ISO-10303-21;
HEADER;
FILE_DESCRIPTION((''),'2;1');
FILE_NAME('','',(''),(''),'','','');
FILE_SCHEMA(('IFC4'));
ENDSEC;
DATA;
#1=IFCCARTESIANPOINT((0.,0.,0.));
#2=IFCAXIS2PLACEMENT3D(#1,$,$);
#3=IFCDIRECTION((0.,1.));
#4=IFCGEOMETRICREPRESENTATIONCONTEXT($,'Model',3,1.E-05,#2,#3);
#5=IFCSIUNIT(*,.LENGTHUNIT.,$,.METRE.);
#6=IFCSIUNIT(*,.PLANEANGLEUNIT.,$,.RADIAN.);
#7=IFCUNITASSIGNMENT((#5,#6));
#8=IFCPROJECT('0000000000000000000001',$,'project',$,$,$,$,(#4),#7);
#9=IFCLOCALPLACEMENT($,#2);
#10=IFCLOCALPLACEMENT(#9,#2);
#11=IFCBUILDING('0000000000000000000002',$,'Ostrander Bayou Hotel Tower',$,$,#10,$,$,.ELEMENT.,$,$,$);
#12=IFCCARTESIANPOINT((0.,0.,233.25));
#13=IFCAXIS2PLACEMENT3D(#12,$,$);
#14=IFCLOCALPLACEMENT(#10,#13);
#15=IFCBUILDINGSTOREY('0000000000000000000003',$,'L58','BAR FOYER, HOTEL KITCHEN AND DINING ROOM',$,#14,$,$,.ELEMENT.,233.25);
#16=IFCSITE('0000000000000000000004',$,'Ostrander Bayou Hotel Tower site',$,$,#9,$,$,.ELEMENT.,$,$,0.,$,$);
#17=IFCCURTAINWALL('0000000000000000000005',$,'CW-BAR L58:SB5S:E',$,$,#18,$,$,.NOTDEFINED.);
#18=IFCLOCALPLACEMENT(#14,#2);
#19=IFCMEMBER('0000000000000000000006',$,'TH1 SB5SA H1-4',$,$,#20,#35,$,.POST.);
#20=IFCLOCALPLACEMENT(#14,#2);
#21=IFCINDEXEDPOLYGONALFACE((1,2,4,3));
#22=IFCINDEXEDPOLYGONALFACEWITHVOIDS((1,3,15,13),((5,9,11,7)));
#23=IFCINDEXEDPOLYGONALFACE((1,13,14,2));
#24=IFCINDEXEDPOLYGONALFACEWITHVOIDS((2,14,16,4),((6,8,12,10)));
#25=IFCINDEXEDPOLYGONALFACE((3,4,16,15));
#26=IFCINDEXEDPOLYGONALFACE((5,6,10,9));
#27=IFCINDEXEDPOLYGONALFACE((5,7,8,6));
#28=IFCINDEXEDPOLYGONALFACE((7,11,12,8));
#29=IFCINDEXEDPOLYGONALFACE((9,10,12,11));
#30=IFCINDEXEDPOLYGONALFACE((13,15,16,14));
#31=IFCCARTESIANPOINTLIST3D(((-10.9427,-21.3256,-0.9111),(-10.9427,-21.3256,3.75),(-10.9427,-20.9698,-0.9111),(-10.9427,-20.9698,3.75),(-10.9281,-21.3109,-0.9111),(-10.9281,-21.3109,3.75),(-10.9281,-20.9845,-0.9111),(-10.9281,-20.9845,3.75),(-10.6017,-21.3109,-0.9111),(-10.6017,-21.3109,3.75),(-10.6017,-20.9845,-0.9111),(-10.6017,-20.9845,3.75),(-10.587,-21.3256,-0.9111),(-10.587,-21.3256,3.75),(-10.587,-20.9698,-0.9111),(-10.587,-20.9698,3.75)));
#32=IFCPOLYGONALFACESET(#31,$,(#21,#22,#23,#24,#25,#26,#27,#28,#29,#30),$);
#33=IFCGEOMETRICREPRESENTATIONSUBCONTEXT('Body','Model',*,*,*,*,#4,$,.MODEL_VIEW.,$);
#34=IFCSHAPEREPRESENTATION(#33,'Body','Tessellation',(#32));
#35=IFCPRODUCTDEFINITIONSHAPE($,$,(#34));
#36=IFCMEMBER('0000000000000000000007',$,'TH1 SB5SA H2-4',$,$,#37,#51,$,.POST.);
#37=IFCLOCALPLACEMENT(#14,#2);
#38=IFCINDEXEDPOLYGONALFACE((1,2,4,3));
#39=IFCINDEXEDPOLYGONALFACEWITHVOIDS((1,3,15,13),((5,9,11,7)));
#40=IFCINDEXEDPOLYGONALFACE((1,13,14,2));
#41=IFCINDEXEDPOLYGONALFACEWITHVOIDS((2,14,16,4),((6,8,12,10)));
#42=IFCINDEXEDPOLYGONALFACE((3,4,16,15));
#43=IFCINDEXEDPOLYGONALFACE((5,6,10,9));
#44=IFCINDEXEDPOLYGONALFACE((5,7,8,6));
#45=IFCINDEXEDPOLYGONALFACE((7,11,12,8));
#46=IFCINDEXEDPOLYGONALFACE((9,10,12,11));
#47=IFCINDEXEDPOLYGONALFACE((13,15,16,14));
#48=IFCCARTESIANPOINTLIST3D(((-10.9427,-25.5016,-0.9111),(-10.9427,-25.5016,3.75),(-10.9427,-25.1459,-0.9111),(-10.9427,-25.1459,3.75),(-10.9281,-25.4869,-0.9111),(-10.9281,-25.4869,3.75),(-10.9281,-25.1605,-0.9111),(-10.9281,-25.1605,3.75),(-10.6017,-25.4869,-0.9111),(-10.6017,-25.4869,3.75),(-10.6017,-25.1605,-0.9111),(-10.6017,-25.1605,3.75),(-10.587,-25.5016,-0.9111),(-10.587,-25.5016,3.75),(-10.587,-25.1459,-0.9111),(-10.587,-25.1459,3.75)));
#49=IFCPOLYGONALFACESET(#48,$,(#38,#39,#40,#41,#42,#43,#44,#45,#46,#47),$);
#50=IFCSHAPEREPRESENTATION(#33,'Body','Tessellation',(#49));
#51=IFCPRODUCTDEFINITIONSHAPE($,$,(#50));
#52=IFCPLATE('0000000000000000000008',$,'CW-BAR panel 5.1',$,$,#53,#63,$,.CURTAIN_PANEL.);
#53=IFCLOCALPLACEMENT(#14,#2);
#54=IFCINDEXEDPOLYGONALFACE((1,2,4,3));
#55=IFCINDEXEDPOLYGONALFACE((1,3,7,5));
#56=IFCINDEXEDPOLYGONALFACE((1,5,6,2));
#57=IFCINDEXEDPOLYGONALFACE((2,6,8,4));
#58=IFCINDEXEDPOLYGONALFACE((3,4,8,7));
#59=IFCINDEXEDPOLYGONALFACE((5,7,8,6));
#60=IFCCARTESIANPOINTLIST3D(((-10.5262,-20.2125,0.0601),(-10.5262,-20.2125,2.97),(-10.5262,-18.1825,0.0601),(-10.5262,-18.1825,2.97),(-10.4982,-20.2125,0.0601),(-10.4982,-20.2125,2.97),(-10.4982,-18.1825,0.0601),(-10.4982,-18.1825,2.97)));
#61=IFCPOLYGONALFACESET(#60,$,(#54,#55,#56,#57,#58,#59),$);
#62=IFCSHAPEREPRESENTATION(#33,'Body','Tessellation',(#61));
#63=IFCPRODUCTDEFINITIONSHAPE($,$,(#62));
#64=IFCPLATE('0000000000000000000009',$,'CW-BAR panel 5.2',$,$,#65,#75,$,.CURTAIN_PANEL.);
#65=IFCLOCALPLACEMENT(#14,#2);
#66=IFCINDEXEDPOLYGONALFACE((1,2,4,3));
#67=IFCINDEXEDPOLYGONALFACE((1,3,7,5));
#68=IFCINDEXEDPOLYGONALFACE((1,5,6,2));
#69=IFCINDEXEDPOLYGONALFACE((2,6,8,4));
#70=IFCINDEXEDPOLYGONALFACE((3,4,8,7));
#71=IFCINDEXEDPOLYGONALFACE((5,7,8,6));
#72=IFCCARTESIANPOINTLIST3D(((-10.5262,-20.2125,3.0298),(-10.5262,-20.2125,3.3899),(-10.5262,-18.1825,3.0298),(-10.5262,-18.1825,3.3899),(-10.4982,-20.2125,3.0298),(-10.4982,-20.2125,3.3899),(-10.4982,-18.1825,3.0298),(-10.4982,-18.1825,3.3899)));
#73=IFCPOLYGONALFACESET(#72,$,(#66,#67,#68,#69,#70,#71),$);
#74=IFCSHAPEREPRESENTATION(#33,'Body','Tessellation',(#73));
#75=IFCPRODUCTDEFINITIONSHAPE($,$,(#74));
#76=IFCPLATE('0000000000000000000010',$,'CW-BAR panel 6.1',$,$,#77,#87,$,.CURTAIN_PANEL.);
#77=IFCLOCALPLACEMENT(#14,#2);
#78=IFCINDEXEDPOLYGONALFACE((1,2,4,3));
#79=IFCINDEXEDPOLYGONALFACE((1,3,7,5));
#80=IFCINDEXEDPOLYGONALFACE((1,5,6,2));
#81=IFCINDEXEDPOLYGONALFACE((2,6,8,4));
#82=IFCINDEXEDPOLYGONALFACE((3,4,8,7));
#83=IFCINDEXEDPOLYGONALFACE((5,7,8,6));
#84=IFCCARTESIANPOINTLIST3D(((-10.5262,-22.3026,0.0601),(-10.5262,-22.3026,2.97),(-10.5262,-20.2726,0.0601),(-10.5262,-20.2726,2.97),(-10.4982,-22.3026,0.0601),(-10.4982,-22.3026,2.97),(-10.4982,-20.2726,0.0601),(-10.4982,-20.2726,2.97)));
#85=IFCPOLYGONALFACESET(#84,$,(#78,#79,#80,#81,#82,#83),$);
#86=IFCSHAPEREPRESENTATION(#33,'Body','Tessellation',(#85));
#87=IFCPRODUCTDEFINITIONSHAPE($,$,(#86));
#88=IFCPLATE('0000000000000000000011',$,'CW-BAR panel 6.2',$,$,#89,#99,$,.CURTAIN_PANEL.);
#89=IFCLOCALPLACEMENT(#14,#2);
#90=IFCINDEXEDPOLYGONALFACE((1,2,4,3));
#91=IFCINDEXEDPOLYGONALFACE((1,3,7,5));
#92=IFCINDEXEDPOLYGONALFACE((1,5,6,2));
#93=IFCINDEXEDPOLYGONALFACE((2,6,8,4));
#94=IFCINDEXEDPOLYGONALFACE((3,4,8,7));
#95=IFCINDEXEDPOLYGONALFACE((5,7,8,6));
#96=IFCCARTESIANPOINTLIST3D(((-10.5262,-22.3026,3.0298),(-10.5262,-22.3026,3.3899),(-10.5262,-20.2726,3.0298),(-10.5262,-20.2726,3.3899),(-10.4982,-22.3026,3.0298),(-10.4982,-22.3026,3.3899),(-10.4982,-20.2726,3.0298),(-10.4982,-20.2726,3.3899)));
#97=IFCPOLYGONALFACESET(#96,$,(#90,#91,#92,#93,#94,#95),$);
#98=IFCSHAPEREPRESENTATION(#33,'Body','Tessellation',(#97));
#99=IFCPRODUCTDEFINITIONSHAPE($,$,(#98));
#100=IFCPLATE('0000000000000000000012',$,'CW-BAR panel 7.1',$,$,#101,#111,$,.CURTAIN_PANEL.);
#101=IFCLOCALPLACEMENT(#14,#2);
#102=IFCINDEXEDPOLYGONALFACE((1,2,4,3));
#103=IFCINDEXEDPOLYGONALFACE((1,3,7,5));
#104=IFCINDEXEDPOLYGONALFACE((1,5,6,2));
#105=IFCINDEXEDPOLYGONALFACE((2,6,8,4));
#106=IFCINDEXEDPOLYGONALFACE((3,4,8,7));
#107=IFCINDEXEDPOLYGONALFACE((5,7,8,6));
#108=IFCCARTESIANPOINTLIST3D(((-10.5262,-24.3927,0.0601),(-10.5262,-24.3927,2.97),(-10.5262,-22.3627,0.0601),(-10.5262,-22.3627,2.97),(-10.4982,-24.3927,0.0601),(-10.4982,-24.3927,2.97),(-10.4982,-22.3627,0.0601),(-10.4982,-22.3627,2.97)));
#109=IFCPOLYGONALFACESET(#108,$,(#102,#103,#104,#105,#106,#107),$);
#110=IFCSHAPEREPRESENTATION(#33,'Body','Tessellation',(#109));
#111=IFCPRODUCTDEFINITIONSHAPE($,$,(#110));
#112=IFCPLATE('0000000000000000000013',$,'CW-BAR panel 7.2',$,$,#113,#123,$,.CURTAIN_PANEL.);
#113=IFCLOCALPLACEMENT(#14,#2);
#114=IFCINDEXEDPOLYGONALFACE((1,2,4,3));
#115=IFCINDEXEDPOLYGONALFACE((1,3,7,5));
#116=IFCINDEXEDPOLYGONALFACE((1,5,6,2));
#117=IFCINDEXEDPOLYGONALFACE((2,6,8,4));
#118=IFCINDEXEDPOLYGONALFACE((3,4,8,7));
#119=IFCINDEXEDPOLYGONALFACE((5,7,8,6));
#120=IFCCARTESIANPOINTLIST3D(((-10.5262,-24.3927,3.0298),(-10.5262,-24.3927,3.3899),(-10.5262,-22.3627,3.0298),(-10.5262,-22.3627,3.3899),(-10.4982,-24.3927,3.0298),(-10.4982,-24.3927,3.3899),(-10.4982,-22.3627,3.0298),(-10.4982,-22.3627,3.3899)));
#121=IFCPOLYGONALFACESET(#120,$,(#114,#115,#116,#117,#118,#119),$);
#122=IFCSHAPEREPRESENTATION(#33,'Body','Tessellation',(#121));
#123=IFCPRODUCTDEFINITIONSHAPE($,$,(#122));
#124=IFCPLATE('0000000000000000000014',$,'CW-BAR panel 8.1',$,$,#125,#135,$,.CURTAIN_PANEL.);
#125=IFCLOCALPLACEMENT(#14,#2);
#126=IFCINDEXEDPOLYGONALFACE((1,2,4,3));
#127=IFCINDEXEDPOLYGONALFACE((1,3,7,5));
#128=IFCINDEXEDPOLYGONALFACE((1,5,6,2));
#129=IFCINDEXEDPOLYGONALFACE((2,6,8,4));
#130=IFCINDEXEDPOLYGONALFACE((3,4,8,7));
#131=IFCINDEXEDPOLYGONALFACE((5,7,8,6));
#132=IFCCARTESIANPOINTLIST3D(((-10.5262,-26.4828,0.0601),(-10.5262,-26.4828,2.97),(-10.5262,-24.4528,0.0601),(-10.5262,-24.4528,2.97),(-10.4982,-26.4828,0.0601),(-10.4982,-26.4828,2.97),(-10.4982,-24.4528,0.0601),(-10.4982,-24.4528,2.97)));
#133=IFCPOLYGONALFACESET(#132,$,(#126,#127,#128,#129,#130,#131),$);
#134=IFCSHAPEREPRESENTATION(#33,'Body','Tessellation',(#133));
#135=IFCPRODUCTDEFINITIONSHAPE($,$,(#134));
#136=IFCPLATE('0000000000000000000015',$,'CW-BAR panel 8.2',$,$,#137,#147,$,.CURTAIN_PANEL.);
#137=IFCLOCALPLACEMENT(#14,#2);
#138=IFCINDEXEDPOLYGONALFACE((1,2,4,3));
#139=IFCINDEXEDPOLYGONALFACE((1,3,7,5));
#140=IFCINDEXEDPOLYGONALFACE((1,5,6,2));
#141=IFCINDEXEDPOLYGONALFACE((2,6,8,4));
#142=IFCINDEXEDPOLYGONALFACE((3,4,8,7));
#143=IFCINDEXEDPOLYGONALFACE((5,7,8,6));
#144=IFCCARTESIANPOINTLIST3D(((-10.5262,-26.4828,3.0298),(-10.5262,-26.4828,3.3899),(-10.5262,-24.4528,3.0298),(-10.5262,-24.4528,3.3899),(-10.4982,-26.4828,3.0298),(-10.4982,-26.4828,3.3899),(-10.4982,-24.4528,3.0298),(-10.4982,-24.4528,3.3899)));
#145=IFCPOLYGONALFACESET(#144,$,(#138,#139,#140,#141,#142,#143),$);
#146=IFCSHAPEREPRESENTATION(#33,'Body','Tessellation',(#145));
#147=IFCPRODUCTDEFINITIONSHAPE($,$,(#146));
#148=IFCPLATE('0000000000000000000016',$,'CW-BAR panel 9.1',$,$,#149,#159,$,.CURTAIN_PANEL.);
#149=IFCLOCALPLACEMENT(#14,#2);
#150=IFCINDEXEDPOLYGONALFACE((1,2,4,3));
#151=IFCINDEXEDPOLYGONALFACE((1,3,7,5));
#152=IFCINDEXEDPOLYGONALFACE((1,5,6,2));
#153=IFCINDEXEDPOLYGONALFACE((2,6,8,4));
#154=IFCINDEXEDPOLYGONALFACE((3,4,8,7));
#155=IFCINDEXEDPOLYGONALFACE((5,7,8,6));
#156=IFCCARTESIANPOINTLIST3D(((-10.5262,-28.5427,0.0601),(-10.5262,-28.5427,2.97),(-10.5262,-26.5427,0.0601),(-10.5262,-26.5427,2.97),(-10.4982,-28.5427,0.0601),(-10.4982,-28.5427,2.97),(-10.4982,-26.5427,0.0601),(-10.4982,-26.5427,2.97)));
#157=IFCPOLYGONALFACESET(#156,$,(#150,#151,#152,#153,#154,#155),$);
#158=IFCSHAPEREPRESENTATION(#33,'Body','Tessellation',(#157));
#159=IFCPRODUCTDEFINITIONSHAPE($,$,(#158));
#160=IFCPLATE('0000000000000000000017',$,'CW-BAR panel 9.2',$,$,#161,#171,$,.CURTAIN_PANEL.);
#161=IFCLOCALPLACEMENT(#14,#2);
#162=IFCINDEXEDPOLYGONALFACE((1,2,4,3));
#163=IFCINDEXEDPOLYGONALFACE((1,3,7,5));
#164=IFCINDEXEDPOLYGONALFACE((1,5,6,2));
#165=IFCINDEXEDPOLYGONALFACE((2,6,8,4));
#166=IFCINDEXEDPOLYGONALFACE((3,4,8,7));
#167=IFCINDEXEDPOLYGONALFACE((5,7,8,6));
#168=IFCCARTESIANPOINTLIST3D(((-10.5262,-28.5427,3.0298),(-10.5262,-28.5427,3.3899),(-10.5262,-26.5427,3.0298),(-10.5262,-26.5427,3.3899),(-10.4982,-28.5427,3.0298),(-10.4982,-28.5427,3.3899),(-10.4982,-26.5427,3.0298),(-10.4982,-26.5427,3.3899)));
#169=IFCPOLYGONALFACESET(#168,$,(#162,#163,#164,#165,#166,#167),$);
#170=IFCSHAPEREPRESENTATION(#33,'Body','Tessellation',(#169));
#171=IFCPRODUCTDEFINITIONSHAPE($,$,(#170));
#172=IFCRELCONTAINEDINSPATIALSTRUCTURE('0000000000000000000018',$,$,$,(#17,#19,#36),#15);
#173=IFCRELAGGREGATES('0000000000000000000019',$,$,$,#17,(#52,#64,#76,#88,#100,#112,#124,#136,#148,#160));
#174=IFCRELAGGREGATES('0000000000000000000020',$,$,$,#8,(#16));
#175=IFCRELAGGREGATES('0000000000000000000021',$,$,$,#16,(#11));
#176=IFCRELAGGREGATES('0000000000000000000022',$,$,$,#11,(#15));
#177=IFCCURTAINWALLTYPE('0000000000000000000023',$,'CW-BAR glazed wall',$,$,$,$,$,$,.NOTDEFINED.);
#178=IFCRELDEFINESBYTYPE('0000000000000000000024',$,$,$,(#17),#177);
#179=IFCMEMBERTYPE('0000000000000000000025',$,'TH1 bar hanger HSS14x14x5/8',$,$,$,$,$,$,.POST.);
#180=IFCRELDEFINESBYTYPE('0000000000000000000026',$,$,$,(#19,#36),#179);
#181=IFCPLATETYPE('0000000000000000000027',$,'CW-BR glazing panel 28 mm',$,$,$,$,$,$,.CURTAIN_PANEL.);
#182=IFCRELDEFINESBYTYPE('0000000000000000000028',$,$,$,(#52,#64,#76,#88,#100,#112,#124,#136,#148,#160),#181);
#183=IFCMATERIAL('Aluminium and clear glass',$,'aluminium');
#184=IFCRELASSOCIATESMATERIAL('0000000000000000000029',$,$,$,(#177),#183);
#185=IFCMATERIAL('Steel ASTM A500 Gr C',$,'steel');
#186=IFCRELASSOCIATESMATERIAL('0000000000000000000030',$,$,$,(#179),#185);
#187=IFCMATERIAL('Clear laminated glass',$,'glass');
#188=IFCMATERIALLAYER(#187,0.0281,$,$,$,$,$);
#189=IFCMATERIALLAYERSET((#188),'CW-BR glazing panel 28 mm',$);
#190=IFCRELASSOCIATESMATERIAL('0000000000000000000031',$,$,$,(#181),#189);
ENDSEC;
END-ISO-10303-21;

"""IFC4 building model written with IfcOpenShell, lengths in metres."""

from ifc_helpers import new_model, si_unit, direction, frame, origin, origin_2d, place, context, subcontext, project, spatial, rectangle, hollow_rectangle, extrude, material, layer, layer_set, material_profile, profile_set, type_object, element, aggregate, save


model = new_model("IFC4")

# Units and contexts
model_context = context("Model", 3, precision=1e-05, world=origin(), true_north=direction((0.0, 1.0)))
body_context = subcontext(model_context, "Body", "Model", "MODEL_VIEW")
ifc_project = project(units=[si_unit("LENGTHUNIT", "METRE"), si_unit("PLANEANGLEUNIT", "RADIAN")], contexts=[model_context])

# Site, building, storey
site_placement = place(None, origin())
site = spatial("IfcSite", under=ifc_project, at=site_placement, Name="Ostrander Bayou Hotel Tower site", CompositionType="ELEMENT", RefElevation=0.0)
building_placement = place(site_placement, origin())
building = spatial("IfcBuilding", under=site, at=building_placement, Name="Ostrander Bayou Hotel Tower", CompositionType="ELEMENT")
storey_placement = place(building_placement, frame((0.0, 0.0, 233.25)))
storey = spatial("IfcBuildingStorey", under=building, at=storey_placement, Name="L58", Description="BAR FOYER, HOTEL KITCHEN AND DINING ROOM", CompositionType="ELEMENT", Elevation=233.25)

# Curtain wall
ifc_material_1 = material(Name="Aluminium and clear glass", Category="aluminium")
curtain_wall_type = type_object("IfcCurtainWallType", Name="CW-BAR glazed wall", PredefinedType="NOTDEFINED", material=ifc_material_1)
curtain_wall_placement = place(storey_placement, origin())
curtain_wall = element("IfcCurtainWall", 1, at=curtain_wall_placement, inside=storey, type_object=curtain_wall_type, Name="CW-BAR L58:SB5S:E", PredefinedType="NOTDEFINED")

# Members
ifc_material_2 = material(Name="Steel ASTM A500 Gr C", Category="steel")
ifc_material_profile_1 = material_profile(ifc_material_2, hollow_rectangle(XDim=0.3557, YDim=0.3557, WallThickness=0.0146, at=origin_2d()))
ifc_profile_set_1 = profile_set([ifc_material_profile_1], Name="Steel ASTM A500 Gr C")
member_type_1 = type_object("IfcMemberType", Name="TH1 bar hanger HSS14x14x5/8", PredefinedType="POST", material=ifc_profile_set_1)
for number, where, z_axis, x_axis, name in (
    (2, (-10.7649, -21.1477, -0.9111), (0.0, 0.0, 1.0), (1.0, 0.0, 0.0), "TH1 SB5SA H1-4"),
    (3, (-10.7649, -25.3237, -0.9111), (0.0, 0.0, 1.0), (1.0, 0.0, 0.0), "TH1 SB5SA H2-4"),
):
    element("IfcMember", number, at=place(storey_placement, frame(where, z_axis=z_axis, x_axis=x_axis)), inside=storey, type_object=member_type_1, Name=name, PredefinedType="POST", context=body_context, shape_type="SweptSolid", body=[
        extrude(hollow_rectangle(XDim=0.3557, YDim=0.3557, WallThickness=0.0146, at=origin_2d()), origin(), (0.0, 0.0, 1.0), 4.6611),
    ])

# Plates
ifc_material_3 = material(Name="Clear laminated glass", Category="glass")
ifc_layer_1 = layer(ifc_material_3, 0.0281)
ifc_layer_set_1 = layer_set([ifc_layer_1], Name="CW-BR glazing panel 28 mm")
plate_type = type_object("IfcPlateType", Name="CW-BR glazing panel 28 mm", PredefinedType="CURTAIN_PANEL", material=ifc_layer_set_1)
plate_1_placement = place(storey_placement, frame((-10.5122, -19.1975, 0.0601), z_axis=(0.0, 0.0, 1.0), x_axis=(0.0, -1.0, 0.0)))
plate_1 = element("IfcPlate", 4, at=plate_1_placement, type_object=plate_type, Name="CW-BAR panel 5.1", PredefinedType="CURTAIN_PANEL", context=body_context, shape_type="SweptSolid", body=[
    extrude(rectangle(XDim=2.03, YDim=0.0281, at=origin_2d()), origin(), (0.0, 0.0, 1.0), 2.9099),
])
plate_2_placement = place(storey_placement, frame((-10.5122, -19.1975, 3.0298), z_axis=(0.0, 0.0, 1.0), x_axis=(0.0, -1.0, 0.0)))
plate_2 = element("IfcPlate", 5, at=plate_2_placement, type_object=plate_type, Name="CW-BAR panel 5.2", PredefinedType="CURTAIN_PANEL", context=body_context, shape_type="SweptSolid", body=[
    extrude(rectangle(XDim=2.03, YDim=0.0281, at=origin_2d()), origin(), (0.0, 0.0, 1.0), 0.3601),
])
plate_3_placement = place(storey_placement, frame((-10.5122, -21.2876, 0.0601), z_axis=(0.0, 0.0, 1.0), x_axis=(0.0, -1.0, 0.0)))
plate_3 = element("IfcPlate", 6, at=plate_3_placement, type_object=plate_type, Name="CW-BAR panel 6.1", PredefinedType="CURTAIN_PANEL", context=body_context, shape_type="SweptSolid", body=[
    extrude(rectangle(XDim=2.03, YDim=0.0281, at=origin_2d()), origin(), (0.0, 0.0, 1.0), 2.9099),
])
plate_4_placement = place(storey_placement, frame((-10.5122, -21.2876, 3.0298), z_axis=(0.0, 0.0, 1.0), x_axis=(0.0, -1.0, 0.0)))
plate_4 = element("IfcPlate", 7, at=plate_4_placement, type_object=plate_type, Name="CW-BAR panel 6.2", PredefinedType="CURTAIN_PANEL", context=body_context, shape_type="SweptSolid", body=[
    extrude(rectangle(XDim=2.03, YDim=0.0281, at=origin_2d()), origin(), (0.0, 0.0, 1.0), 0.3601),
])
plate_5_placement = place(storey_placement, frame((-10.5122, -23.3777, 0.0601), z_axis=(0.0, 0.0, 1.0), x_axis=(0.0, -1.0, 0.0)))
plate_5 = element("IfcPlate", 8, at=plate_5_placement, type_object=plate_type, Name="CW-BAR panel 7.1", PredefinedType="CURTAIN_PANEL", context=body_context, shape_type="SweptSolid", body=[
    extrude(rectangle(XDim=2.03, YDim=0.0281, at=origin_2d()), origin(), (0.0, 0.0, 1.0), 2.9099),
])
plate_6_placement = place(storey_placement, frame((-10.5122, -23.3777, 3.0298), z_axis=(0.0, 0.0, 1.0), x_axis=(0.0, -1.0, 0.0)))
plate_6 = element("IfcPlate", 9, at=plate_6_placement, type_object=plate_type, Name="CW-BAR panel 7.2", PredefinedType="CURTAIN_PANEL", context=body_context, shape_type="SweptSolid", body=[
    extrude(rectangle(XDim=2.03, YDim=0.0281, at=origin_2d()), origin(), (0.0, 0.0, 1.0), 0.3601),
])
plate_7_placement = place(storey_placement, frame((-10.5122, -25.4678, 0.0601), z_axis=(0.0, 0.0, 1.0), x_axis=(0.0, -1.0, 0.0)))
plate_7 = element("IfcPlate", 10, at=plate_7_placement, type_object=plate_type, Name="CW-BAR panel 8.1", PredefinedType="CURTAIN_PANEL", context=body_context, shape_type="SweptSolid", body=[
    extrude(rectangle(XDim=2.03, YDim=0.0281, at=origin_2d()), origin(), (0.0, 0.0, 1.0), 2.9099),
])
plate_8_placement = place(storey_placement, frame((-10.5122, -25.4678, 3.0298), z_axis=(0.0, 0.0, 1.0), x_axis=(0.0, -1.0, 0.0)))
plate_8 = element("IfcPlate", 11, at=plate_8_placement, type_object=plate_type, Name="CW-BAR panel 8.2", PredefinedType="CURTAIN_PANEL", context=body_context, shape_type="SweptSolid", body=[
    extrude(rectangle(XDim=2.03, YDim=0.0281, at=origin_2d()), origin(), (0.0, 0.0, 1.0), 0.3601),
])
plate_9_placement = place(storey_placement, frame((-10.5122, -27.5427, 0.0601), z_axis=(0.0, 0.0, 1.0), x_axis=(0.0, -1.0, 0.0)))
plate_9 = element("IfcPlate", 12, at=plate_9_placement, type_object=plate_type, Name="CW-BAR panel 9.1", PredefinedType="CURTAIN_PANEL", context=body_context, shape_type="SweptSolid", body=[
    extrude(rectangle(XDim=2.0, YDim=0.0281, at=origin_2d()), origin(), (0.0, 0.0, 1.0), 2.9099),
])
plate_10_placement = place(storey_placement, frame((-10.5122, -27.5427, 3.0298), z_axis=(0.0, 0.0, 1.0), x_axis=(0.0, -1.0, 0.0)))
plate_10 = element("IfcPlate", 13, at=plate_10_placement, type_object=plate_type, Name="CW-BAR panel 9.2", PredefinedType="CURTAIN_PANEL", context=body_context, shape_type="SweptSolid", body=[
    extrude(rectangle(XDim=2.0, YDim=0.0281, at=origin_2d()), origin(), (0.0, 0.0, 1.0), 0.3601),
])
aggregate(curtain_wall, [plate_1, plate_2, plate_3, plate_4, plate_5, plate_6, plate_7, plate_8, plate_9, plate_10])

save(model, "model.ifc")
